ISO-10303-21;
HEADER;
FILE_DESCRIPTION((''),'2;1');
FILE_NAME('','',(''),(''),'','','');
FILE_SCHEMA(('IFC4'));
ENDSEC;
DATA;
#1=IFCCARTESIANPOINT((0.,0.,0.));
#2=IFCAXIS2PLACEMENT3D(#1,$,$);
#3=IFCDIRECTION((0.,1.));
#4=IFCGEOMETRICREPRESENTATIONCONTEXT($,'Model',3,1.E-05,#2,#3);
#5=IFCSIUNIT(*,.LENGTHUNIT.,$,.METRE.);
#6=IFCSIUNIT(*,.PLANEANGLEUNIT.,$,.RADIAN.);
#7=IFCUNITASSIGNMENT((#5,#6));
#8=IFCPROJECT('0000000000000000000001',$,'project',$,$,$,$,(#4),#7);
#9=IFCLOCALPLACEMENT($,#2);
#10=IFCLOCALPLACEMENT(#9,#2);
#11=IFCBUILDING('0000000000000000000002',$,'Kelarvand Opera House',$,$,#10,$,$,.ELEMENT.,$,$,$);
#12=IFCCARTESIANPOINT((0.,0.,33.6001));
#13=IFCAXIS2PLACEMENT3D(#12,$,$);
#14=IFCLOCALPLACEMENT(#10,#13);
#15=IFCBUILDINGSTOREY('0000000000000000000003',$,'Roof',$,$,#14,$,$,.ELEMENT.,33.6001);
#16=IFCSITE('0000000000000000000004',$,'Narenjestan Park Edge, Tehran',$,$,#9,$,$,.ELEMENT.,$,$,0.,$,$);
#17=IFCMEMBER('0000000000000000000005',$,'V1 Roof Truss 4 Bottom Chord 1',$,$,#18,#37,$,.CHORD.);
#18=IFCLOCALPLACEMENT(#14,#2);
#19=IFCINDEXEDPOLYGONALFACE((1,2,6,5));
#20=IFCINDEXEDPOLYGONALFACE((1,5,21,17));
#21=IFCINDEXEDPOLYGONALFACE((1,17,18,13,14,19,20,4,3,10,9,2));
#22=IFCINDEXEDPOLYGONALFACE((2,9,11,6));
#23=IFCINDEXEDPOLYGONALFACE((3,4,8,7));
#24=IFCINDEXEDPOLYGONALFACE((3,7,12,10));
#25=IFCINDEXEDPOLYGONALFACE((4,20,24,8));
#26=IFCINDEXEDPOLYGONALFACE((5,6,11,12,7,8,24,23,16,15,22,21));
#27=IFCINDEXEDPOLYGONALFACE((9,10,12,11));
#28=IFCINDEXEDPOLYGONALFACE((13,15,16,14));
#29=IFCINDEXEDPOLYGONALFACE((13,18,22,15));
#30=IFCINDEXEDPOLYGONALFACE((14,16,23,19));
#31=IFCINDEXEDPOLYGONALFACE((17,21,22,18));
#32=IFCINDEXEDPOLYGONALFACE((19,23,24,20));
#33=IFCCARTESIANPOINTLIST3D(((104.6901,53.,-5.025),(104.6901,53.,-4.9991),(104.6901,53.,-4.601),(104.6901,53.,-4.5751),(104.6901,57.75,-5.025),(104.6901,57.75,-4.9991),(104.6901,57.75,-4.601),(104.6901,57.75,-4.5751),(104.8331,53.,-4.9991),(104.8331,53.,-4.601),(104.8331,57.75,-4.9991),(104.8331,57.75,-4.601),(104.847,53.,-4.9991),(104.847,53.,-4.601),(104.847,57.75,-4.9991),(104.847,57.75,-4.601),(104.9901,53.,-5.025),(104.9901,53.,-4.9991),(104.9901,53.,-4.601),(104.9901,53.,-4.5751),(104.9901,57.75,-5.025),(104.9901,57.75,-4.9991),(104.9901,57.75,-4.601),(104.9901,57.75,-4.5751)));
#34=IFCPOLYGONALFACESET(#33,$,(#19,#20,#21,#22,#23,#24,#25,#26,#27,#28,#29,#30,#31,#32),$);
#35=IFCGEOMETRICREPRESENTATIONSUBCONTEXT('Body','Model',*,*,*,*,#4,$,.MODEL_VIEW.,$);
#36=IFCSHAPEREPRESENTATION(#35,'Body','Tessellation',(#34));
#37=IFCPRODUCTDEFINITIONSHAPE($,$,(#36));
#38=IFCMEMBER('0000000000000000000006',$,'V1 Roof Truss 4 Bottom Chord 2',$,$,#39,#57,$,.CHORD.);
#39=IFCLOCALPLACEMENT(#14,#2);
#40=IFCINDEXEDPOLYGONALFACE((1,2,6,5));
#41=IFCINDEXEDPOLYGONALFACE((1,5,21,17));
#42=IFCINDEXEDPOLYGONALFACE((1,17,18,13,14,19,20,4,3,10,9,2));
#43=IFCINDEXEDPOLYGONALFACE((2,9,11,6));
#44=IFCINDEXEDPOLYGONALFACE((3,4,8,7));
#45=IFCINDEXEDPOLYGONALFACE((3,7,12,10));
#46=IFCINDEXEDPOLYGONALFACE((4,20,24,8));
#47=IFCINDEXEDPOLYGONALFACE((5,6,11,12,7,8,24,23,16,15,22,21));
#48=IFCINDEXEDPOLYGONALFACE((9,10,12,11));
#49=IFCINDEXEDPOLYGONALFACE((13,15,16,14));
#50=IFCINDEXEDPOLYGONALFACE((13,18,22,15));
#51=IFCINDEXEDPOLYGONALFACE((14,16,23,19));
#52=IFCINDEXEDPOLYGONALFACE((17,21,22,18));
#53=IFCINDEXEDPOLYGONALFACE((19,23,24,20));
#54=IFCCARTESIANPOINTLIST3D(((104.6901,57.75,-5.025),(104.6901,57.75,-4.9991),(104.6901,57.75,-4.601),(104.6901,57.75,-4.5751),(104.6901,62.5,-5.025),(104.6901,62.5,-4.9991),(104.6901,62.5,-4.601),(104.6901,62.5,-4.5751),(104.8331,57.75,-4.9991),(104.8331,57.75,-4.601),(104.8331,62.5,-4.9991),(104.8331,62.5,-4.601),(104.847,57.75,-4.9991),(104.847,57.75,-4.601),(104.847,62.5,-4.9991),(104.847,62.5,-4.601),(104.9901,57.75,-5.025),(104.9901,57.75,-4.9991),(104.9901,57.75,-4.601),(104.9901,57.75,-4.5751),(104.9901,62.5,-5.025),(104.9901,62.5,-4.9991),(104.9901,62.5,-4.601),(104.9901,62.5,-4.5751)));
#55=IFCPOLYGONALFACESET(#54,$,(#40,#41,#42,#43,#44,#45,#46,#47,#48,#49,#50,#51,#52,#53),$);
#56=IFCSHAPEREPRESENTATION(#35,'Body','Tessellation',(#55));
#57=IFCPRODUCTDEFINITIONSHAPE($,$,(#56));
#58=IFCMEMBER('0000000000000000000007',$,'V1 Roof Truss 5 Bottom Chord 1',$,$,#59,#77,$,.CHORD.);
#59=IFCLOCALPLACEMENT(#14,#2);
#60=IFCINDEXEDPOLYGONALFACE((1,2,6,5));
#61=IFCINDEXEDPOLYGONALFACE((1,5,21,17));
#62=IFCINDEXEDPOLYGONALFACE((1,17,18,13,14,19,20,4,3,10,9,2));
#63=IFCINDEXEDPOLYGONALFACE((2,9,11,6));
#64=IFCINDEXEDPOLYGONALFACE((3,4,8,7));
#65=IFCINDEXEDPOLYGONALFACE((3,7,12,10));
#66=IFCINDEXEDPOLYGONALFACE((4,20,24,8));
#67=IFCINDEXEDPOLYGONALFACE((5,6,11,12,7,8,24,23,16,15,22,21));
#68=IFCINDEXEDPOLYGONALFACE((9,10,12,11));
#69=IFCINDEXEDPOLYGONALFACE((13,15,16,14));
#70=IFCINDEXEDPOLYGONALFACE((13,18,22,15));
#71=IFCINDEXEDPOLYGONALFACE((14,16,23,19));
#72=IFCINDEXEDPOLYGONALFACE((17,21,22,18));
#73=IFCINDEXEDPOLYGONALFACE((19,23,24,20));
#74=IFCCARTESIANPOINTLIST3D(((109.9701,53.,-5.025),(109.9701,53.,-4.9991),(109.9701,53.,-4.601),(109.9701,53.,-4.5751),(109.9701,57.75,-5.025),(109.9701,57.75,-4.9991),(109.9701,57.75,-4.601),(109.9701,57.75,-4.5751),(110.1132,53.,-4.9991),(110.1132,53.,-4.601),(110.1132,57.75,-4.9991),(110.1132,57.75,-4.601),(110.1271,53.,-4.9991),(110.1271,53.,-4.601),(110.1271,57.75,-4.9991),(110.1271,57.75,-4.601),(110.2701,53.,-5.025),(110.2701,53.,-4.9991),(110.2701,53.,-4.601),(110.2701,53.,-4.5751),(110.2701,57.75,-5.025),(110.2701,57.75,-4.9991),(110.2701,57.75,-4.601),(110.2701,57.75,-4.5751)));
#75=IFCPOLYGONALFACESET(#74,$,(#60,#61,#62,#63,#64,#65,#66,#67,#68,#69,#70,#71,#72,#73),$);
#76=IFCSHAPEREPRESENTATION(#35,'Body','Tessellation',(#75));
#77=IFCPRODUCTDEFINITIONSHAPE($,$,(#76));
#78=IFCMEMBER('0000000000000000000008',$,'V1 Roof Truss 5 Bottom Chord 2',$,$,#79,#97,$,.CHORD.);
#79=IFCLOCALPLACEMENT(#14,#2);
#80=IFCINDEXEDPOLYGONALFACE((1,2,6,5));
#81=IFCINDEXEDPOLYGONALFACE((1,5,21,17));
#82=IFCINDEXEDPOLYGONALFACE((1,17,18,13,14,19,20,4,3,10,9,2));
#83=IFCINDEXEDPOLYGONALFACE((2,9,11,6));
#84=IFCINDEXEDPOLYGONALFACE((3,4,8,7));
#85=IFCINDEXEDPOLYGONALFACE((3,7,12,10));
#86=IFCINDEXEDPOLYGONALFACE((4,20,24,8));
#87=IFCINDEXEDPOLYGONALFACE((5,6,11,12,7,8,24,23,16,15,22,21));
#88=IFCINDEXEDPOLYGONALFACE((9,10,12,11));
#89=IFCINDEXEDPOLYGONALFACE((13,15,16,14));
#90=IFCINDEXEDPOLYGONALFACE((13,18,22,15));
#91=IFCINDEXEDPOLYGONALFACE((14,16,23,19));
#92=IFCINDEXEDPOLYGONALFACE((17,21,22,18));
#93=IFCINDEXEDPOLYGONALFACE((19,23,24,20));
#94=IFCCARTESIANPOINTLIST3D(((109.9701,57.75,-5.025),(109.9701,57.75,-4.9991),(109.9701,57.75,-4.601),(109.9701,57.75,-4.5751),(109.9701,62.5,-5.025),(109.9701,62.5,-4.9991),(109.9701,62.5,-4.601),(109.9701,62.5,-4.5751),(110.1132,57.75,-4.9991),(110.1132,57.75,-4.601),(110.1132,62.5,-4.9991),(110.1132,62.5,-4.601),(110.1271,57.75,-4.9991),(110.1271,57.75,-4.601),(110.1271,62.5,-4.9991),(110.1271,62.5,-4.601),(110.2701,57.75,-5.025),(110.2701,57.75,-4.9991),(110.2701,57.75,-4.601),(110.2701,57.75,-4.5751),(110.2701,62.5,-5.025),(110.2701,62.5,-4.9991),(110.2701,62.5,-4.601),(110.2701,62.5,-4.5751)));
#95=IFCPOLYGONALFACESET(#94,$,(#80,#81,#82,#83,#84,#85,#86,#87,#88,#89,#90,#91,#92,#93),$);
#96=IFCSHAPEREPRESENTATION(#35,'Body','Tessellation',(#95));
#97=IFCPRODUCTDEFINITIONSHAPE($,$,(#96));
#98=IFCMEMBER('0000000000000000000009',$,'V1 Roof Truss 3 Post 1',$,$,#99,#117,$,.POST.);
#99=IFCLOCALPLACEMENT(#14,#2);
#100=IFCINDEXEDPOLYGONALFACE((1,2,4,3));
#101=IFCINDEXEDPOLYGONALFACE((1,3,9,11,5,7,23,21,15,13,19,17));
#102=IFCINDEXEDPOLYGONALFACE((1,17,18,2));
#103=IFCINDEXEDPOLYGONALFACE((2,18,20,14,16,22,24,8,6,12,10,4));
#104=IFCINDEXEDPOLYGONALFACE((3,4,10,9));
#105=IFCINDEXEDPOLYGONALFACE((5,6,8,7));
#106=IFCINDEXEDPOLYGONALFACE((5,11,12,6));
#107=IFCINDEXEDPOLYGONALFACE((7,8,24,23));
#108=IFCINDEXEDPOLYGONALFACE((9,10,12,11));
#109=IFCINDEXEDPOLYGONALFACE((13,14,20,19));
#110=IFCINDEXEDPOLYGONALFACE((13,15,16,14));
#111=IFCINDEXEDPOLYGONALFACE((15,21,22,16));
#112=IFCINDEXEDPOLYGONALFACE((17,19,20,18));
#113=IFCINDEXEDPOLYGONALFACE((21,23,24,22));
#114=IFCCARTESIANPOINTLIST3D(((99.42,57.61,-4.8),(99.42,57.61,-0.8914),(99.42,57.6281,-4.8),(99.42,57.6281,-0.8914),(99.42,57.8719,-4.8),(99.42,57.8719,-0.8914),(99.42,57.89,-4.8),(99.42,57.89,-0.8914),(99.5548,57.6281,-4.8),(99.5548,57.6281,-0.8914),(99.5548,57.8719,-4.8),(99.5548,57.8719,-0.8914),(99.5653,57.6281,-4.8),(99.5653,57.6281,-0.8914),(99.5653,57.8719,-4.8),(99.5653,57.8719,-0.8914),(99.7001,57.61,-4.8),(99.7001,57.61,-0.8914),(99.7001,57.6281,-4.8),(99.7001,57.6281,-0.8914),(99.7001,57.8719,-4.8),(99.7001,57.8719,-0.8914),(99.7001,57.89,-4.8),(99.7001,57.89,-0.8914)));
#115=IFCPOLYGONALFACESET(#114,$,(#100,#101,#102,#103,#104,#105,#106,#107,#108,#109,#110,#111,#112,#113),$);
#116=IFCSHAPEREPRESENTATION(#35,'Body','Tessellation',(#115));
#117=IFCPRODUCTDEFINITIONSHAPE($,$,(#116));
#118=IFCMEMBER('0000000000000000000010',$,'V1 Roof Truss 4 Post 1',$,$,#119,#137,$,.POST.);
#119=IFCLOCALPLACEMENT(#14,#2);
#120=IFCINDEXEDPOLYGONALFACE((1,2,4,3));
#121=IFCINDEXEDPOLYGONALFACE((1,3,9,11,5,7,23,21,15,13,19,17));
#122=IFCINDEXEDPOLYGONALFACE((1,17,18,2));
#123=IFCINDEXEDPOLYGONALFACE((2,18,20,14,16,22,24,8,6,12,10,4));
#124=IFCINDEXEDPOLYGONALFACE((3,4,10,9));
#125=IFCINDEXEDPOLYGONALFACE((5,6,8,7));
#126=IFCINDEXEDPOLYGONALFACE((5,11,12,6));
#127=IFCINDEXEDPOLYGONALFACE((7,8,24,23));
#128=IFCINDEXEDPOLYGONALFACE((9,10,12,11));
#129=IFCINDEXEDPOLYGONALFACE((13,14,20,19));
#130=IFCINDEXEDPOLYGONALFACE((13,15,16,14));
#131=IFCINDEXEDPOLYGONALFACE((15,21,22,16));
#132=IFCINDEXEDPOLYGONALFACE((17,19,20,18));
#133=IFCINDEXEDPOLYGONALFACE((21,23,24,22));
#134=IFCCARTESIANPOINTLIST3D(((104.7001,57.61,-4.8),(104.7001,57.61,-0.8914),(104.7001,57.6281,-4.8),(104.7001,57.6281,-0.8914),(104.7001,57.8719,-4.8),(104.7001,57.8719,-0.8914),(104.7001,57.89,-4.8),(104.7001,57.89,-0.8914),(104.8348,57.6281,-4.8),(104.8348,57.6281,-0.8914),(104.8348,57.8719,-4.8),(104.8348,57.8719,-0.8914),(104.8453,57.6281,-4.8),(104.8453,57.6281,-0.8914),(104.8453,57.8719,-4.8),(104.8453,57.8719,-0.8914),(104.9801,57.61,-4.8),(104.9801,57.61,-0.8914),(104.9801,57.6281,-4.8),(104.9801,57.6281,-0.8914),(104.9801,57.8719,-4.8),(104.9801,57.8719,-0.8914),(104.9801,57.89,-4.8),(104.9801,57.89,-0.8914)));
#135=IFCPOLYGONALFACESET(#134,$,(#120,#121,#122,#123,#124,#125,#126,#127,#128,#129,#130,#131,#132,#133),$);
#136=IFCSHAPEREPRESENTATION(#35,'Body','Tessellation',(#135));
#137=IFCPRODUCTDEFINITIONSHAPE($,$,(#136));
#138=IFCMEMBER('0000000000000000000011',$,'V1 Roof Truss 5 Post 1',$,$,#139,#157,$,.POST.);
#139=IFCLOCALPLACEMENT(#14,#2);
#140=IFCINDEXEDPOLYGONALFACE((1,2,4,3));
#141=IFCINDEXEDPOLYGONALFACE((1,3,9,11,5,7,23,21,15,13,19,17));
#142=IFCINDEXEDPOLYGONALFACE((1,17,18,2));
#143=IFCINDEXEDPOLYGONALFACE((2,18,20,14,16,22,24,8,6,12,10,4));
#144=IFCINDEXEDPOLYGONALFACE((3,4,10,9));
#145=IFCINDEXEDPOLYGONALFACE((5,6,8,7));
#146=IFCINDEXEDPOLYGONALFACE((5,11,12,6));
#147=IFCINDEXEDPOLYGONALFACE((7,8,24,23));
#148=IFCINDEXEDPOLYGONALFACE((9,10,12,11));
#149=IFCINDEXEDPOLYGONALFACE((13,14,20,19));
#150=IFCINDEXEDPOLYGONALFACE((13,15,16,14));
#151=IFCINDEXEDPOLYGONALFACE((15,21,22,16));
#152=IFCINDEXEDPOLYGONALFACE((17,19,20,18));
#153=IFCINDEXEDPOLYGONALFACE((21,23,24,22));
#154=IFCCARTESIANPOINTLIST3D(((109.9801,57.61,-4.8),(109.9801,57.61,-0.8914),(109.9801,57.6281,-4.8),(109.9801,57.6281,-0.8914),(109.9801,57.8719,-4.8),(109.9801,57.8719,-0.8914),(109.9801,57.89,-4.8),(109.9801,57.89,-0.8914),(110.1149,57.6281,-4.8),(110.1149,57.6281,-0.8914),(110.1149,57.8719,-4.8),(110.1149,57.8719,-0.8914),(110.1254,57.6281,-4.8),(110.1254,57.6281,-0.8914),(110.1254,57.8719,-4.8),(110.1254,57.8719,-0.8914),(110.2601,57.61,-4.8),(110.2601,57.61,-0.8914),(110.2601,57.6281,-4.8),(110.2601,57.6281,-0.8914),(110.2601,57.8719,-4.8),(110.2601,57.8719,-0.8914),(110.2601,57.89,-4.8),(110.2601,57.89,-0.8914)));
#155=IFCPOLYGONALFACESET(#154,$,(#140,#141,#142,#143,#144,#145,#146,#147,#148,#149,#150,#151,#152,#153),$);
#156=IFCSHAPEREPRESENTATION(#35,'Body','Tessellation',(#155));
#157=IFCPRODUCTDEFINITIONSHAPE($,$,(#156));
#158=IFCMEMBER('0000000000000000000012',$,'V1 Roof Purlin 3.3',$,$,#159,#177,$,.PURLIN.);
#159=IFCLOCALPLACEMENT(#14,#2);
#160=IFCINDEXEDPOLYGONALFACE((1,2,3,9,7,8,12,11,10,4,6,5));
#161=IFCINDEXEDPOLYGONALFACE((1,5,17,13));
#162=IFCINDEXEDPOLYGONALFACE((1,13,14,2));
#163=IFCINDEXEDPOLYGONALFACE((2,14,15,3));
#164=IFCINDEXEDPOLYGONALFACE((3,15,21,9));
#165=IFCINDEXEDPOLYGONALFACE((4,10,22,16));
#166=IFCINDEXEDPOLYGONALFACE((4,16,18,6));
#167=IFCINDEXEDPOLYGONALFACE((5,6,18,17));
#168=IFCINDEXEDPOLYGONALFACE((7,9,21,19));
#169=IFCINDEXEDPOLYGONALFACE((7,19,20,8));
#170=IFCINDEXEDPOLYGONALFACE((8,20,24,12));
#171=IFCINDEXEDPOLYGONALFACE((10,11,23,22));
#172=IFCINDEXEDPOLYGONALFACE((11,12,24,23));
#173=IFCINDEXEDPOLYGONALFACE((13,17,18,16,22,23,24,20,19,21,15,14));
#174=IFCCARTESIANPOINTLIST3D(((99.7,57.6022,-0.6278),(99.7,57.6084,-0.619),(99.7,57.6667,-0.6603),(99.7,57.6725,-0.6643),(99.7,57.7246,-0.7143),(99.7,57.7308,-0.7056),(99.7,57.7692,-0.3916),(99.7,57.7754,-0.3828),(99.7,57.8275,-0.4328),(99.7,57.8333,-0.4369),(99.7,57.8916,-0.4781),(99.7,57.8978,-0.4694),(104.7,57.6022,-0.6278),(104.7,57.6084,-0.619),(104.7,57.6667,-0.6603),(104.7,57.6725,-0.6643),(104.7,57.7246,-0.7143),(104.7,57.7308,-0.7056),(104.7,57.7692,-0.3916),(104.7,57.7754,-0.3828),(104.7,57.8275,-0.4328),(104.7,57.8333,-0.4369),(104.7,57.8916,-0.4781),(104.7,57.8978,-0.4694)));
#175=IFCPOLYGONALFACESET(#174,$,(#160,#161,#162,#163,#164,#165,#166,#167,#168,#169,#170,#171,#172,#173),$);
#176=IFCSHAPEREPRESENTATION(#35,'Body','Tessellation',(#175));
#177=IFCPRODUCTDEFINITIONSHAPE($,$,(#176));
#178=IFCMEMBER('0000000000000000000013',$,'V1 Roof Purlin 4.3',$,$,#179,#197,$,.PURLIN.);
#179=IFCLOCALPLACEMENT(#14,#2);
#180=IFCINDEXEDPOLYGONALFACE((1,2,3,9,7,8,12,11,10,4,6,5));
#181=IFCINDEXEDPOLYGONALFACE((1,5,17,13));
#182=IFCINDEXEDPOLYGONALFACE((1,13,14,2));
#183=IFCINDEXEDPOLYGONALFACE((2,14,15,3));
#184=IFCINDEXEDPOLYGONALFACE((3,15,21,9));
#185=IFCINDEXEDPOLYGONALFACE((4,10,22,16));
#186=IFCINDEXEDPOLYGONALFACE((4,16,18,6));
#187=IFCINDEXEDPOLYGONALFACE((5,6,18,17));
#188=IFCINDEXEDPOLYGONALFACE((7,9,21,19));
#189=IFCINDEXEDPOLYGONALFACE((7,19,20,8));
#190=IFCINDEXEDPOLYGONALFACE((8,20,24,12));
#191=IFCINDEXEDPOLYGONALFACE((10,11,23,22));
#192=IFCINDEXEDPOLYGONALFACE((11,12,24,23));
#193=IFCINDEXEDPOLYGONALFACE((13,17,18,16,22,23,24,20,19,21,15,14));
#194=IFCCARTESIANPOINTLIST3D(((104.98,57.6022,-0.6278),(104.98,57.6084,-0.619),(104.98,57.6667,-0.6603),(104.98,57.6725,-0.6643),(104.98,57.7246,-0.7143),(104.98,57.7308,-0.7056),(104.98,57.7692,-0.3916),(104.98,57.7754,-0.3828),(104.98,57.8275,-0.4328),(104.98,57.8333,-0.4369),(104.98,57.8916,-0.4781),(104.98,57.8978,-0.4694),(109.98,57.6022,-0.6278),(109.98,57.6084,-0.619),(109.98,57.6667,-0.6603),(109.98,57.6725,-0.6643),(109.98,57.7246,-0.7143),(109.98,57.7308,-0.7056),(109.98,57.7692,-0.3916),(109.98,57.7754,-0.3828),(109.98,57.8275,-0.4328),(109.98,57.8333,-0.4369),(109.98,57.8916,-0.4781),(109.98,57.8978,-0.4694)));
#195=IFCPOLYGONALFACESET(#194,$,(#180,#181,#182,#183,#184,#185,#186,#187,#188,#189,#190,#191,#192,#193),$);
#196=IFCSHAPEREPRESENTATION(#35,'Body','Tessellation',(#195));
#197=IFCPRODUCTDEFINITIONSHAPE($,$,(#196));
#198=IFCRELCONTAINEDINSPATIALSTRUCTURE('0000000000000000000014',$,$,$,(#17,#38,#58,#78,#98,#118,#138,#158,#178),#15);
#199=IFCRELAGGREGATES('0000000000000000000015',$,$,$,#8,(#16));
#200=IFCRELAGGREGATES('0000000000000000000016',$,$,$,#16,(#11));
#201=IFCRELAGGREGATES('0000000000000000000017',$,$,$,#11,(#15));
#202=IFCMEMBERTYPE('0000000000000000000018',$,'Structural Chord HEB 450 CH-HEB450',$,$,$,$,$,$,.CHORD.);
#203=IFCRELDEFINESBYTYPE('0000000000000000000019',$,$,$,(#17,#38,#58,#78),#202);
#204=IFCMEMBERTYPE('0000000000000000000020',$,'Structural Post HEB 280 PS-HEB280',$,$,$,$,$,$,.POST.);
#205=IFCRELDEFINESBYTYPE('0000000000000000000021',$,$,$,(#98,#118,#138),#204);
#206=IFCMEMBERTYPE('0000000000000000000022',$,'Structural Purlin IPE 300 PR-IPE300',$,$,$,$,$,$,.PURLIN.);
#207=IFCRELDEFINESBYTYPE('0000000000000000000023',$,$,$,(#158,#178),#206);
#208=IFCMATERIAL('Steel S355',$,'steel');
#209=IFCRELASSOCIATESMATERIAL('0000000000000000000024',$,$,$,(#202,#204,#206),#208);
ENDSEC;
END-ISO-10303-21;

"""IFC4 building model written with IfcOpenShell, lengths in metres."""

from ifc_helpers import new_model, si_unit, direction, frame, origin, origin_2d, place, context, subcontext, project, spatial, i_section, extrude, material, material_profile, profile_set, type_object, element, save


model = new_model("IFC4")

# Units and contexts
model_context = context("Model", 3, precision=1e-05, world=origin(), true_north=direction((0.0, 1.0)))
body_context = subcontext(model_context, "Body", "Model", "MODEL_VIEW")
ifc_project = project(units=[si_unit("LENGTHUNIT", "METRE"), si_unit("PLANEANGLEUNIT", "RADIAN")], contexts=[model_context])

# Site, building, storey
site_placement = place(None, origin())
site = spatial("IfcSite", under=ifc_project, at=site_placement, Name="Narenjestan Park Edge, Tehran", CompositionType="ELEMENT", RefElevation=0.0)
building_placement = place(site_placement, origin())
building = spatial("IfcBuilding", under=site, at=building_placement, Name="Kelarvand Opera House", CompositionType="ELEMENT")
storey_placement = place(building_placement, frame((0.0, 0.0, 33.6001)))
storey = spatial("IfcBuildingStorey", under=building, at=storey_placement, Name="Roof", CompositionType="ELEMENT", Elevation=33.6001)

# Members
ifc_material = material(Name="Steel S355", Category="steel")
ifc_material_profile_1 = material_profile(ifc_material, i_section(OverallWidth=0.3, OverallDepth=0.45, WebThickness=0.0139, FlangeThickness=0.0259, at=origin_2d()), Name="HEB 450", Category="steel")
ifc_profile_set_1 = profile_set([ifc_material_profile_1], Name="Steel S355")
member_type_1 = type_object("IfcMemberType", Name="Structural Chord HEB 450 CH-HEB450", PredefinedType="CHORD", material=ifc_profile_set_1)
for number, where, z_axis, x_axis, name in (
    (1, (104.8401, 53.0, -4.8), (0.0, 1.0, 0.0), (-1.0, 0.0, 0.0), "V1 Roof Truss 4 Bottom Chord 1"),
    (2, (104.8401, 57.75, -4.8), (0.0, 1.0, 0.0), (-1.0, 0.0, 0.0), "V1 Roof Truss 4 Bottom Chord 2"),
    (3, (110.1201, 53.0, -4.8), (0.0, 1.0, 0.0), (-1.0, 0.0, 0.0), "V1 Roof Truss 5 Bottom Chord 1"),
    (4, (110.1201, 57.75, -4.8), (0.0, 1.0, 0.0), (-1.0, 0.0, 0.0), "V1 Roof Truss 5 Bottom Chord 2"),
):
    element("IfcMember", number, at=place(storey_placement, frame(where, z_axis=z_axis, x_axis=x_axis)), inside=storey, type_object=member_type_1, Name=name, PredefinedType="CHORD", context=body_context, shape_type="SweptSolid", body=[
        extrude(i_section(OverallWidth=0.3, OverallDepth=0.45, WebThickness=0.0139, FlangeThickness=0.0259, at=origin_2d()), origin(), (0.0, 0.0, 1.0), 4.75),
    ])
ifc_material_profile_2 = material_profile(ifc_material, i_section(OverallWidth=0.28, OverallDepth=0.28, WebThickness=0.0105, FlangeThickness=0.0181, at=origin_2d()), Name="HEB 280", Category="steel")
ifc_profile_set_2 = profile_set([ifc_material_profile_2], Name="Steel S355")
member_type_2 = type_object("IfcMemberType", Name="Structural Post HEB 280 PS-HEB280", PredefinedType="POST", material=ifc_profile_set_2)
for number, where, z_axis, x_axis, name in (
    (5, (99.5601, 57.75, -4.8), (0.0, 0.0, 1.0), (1.0, 0.0, 0.0), "V1 Roof Truss 3 Post 1"),
    (6, (104.8401, 57.75, -4.8), (0.0, 0.0, 1.0), (1.0, 0.0, 0.0), "V1 Roof Truss 4 Post 1"),
    (7, (110.1201, 57.75, -4.8), (0.0, 0.0, 1.0), (1.0, 0.0, 0.0), "V1 Roof Truss 5 Post 1"),
):
    element("IfcMember", number, at=place(storey_placement, frame(where, z_axis=z_axis, x_axis=x_axis)), inside=storey, type_object=member_type_2, Name=name, PredefinedType="POST", context=body_context, shape_type="SweptSolid", body=[
        extrude(i_section(OverallWidth=0.28, OverallDepth=0.28, WebThickness=0.0105, FlangeThickness=0.0181, at=origin_2d()), origin(), (0.0, 0.0, 1.0), 3.9087),
    ])
ifc_material_profile_3 = material_profile(ifc_material, i_section(OverallWidth=0.1499, OverallDepth=0.3, WebThickness=0.0071, FlangeThickness=0.0107, at=origin_2d()), Name="IPE 300", Category="steel")
ifc_profile_set_3 = profile_set([ifc_material_profile_3], Name="Steel S355")
member_type_3 = type_object("IfcMemberType", Name="Structural Purlin IPE 300 PR-IPE300", PredefinedType="PURLIN", material=ifc_profile_set_3)
for number, where, z_axis, x_axis, name in (
    (8, (99.7, 57.75, -0.5486), (1.0, 0.0, 0.0), (0.0, 0.81644, -0.57743), "V1 Roof Purlin 3.3"),
    (9, (104.98, 57.75, -0.5486), (1.0, 0.0, 0.0), (0.0, 0.81644, -0.57743), "V1 Roof Purlin 4.3"),
):
    element("IfcMember", number, at=place(storey_placement, frame(where, z_axis=z_axis, x_axis=x_axis)), inside=storey, type_object=member_type_3, Name=name, PredefinedType="PURLIN", context=body_context, shape_type="SweptSolid", body=[
        extrude(i_section(OverallWidth=0.1499, OverallDepth=0.3, WebThickness=0.0071, FlangeThickness=0.0107, at=origin_2d()), origin(), (0.0, 0.0, 1.0), 5.0),
    ])

save(model, "model.ifc")
